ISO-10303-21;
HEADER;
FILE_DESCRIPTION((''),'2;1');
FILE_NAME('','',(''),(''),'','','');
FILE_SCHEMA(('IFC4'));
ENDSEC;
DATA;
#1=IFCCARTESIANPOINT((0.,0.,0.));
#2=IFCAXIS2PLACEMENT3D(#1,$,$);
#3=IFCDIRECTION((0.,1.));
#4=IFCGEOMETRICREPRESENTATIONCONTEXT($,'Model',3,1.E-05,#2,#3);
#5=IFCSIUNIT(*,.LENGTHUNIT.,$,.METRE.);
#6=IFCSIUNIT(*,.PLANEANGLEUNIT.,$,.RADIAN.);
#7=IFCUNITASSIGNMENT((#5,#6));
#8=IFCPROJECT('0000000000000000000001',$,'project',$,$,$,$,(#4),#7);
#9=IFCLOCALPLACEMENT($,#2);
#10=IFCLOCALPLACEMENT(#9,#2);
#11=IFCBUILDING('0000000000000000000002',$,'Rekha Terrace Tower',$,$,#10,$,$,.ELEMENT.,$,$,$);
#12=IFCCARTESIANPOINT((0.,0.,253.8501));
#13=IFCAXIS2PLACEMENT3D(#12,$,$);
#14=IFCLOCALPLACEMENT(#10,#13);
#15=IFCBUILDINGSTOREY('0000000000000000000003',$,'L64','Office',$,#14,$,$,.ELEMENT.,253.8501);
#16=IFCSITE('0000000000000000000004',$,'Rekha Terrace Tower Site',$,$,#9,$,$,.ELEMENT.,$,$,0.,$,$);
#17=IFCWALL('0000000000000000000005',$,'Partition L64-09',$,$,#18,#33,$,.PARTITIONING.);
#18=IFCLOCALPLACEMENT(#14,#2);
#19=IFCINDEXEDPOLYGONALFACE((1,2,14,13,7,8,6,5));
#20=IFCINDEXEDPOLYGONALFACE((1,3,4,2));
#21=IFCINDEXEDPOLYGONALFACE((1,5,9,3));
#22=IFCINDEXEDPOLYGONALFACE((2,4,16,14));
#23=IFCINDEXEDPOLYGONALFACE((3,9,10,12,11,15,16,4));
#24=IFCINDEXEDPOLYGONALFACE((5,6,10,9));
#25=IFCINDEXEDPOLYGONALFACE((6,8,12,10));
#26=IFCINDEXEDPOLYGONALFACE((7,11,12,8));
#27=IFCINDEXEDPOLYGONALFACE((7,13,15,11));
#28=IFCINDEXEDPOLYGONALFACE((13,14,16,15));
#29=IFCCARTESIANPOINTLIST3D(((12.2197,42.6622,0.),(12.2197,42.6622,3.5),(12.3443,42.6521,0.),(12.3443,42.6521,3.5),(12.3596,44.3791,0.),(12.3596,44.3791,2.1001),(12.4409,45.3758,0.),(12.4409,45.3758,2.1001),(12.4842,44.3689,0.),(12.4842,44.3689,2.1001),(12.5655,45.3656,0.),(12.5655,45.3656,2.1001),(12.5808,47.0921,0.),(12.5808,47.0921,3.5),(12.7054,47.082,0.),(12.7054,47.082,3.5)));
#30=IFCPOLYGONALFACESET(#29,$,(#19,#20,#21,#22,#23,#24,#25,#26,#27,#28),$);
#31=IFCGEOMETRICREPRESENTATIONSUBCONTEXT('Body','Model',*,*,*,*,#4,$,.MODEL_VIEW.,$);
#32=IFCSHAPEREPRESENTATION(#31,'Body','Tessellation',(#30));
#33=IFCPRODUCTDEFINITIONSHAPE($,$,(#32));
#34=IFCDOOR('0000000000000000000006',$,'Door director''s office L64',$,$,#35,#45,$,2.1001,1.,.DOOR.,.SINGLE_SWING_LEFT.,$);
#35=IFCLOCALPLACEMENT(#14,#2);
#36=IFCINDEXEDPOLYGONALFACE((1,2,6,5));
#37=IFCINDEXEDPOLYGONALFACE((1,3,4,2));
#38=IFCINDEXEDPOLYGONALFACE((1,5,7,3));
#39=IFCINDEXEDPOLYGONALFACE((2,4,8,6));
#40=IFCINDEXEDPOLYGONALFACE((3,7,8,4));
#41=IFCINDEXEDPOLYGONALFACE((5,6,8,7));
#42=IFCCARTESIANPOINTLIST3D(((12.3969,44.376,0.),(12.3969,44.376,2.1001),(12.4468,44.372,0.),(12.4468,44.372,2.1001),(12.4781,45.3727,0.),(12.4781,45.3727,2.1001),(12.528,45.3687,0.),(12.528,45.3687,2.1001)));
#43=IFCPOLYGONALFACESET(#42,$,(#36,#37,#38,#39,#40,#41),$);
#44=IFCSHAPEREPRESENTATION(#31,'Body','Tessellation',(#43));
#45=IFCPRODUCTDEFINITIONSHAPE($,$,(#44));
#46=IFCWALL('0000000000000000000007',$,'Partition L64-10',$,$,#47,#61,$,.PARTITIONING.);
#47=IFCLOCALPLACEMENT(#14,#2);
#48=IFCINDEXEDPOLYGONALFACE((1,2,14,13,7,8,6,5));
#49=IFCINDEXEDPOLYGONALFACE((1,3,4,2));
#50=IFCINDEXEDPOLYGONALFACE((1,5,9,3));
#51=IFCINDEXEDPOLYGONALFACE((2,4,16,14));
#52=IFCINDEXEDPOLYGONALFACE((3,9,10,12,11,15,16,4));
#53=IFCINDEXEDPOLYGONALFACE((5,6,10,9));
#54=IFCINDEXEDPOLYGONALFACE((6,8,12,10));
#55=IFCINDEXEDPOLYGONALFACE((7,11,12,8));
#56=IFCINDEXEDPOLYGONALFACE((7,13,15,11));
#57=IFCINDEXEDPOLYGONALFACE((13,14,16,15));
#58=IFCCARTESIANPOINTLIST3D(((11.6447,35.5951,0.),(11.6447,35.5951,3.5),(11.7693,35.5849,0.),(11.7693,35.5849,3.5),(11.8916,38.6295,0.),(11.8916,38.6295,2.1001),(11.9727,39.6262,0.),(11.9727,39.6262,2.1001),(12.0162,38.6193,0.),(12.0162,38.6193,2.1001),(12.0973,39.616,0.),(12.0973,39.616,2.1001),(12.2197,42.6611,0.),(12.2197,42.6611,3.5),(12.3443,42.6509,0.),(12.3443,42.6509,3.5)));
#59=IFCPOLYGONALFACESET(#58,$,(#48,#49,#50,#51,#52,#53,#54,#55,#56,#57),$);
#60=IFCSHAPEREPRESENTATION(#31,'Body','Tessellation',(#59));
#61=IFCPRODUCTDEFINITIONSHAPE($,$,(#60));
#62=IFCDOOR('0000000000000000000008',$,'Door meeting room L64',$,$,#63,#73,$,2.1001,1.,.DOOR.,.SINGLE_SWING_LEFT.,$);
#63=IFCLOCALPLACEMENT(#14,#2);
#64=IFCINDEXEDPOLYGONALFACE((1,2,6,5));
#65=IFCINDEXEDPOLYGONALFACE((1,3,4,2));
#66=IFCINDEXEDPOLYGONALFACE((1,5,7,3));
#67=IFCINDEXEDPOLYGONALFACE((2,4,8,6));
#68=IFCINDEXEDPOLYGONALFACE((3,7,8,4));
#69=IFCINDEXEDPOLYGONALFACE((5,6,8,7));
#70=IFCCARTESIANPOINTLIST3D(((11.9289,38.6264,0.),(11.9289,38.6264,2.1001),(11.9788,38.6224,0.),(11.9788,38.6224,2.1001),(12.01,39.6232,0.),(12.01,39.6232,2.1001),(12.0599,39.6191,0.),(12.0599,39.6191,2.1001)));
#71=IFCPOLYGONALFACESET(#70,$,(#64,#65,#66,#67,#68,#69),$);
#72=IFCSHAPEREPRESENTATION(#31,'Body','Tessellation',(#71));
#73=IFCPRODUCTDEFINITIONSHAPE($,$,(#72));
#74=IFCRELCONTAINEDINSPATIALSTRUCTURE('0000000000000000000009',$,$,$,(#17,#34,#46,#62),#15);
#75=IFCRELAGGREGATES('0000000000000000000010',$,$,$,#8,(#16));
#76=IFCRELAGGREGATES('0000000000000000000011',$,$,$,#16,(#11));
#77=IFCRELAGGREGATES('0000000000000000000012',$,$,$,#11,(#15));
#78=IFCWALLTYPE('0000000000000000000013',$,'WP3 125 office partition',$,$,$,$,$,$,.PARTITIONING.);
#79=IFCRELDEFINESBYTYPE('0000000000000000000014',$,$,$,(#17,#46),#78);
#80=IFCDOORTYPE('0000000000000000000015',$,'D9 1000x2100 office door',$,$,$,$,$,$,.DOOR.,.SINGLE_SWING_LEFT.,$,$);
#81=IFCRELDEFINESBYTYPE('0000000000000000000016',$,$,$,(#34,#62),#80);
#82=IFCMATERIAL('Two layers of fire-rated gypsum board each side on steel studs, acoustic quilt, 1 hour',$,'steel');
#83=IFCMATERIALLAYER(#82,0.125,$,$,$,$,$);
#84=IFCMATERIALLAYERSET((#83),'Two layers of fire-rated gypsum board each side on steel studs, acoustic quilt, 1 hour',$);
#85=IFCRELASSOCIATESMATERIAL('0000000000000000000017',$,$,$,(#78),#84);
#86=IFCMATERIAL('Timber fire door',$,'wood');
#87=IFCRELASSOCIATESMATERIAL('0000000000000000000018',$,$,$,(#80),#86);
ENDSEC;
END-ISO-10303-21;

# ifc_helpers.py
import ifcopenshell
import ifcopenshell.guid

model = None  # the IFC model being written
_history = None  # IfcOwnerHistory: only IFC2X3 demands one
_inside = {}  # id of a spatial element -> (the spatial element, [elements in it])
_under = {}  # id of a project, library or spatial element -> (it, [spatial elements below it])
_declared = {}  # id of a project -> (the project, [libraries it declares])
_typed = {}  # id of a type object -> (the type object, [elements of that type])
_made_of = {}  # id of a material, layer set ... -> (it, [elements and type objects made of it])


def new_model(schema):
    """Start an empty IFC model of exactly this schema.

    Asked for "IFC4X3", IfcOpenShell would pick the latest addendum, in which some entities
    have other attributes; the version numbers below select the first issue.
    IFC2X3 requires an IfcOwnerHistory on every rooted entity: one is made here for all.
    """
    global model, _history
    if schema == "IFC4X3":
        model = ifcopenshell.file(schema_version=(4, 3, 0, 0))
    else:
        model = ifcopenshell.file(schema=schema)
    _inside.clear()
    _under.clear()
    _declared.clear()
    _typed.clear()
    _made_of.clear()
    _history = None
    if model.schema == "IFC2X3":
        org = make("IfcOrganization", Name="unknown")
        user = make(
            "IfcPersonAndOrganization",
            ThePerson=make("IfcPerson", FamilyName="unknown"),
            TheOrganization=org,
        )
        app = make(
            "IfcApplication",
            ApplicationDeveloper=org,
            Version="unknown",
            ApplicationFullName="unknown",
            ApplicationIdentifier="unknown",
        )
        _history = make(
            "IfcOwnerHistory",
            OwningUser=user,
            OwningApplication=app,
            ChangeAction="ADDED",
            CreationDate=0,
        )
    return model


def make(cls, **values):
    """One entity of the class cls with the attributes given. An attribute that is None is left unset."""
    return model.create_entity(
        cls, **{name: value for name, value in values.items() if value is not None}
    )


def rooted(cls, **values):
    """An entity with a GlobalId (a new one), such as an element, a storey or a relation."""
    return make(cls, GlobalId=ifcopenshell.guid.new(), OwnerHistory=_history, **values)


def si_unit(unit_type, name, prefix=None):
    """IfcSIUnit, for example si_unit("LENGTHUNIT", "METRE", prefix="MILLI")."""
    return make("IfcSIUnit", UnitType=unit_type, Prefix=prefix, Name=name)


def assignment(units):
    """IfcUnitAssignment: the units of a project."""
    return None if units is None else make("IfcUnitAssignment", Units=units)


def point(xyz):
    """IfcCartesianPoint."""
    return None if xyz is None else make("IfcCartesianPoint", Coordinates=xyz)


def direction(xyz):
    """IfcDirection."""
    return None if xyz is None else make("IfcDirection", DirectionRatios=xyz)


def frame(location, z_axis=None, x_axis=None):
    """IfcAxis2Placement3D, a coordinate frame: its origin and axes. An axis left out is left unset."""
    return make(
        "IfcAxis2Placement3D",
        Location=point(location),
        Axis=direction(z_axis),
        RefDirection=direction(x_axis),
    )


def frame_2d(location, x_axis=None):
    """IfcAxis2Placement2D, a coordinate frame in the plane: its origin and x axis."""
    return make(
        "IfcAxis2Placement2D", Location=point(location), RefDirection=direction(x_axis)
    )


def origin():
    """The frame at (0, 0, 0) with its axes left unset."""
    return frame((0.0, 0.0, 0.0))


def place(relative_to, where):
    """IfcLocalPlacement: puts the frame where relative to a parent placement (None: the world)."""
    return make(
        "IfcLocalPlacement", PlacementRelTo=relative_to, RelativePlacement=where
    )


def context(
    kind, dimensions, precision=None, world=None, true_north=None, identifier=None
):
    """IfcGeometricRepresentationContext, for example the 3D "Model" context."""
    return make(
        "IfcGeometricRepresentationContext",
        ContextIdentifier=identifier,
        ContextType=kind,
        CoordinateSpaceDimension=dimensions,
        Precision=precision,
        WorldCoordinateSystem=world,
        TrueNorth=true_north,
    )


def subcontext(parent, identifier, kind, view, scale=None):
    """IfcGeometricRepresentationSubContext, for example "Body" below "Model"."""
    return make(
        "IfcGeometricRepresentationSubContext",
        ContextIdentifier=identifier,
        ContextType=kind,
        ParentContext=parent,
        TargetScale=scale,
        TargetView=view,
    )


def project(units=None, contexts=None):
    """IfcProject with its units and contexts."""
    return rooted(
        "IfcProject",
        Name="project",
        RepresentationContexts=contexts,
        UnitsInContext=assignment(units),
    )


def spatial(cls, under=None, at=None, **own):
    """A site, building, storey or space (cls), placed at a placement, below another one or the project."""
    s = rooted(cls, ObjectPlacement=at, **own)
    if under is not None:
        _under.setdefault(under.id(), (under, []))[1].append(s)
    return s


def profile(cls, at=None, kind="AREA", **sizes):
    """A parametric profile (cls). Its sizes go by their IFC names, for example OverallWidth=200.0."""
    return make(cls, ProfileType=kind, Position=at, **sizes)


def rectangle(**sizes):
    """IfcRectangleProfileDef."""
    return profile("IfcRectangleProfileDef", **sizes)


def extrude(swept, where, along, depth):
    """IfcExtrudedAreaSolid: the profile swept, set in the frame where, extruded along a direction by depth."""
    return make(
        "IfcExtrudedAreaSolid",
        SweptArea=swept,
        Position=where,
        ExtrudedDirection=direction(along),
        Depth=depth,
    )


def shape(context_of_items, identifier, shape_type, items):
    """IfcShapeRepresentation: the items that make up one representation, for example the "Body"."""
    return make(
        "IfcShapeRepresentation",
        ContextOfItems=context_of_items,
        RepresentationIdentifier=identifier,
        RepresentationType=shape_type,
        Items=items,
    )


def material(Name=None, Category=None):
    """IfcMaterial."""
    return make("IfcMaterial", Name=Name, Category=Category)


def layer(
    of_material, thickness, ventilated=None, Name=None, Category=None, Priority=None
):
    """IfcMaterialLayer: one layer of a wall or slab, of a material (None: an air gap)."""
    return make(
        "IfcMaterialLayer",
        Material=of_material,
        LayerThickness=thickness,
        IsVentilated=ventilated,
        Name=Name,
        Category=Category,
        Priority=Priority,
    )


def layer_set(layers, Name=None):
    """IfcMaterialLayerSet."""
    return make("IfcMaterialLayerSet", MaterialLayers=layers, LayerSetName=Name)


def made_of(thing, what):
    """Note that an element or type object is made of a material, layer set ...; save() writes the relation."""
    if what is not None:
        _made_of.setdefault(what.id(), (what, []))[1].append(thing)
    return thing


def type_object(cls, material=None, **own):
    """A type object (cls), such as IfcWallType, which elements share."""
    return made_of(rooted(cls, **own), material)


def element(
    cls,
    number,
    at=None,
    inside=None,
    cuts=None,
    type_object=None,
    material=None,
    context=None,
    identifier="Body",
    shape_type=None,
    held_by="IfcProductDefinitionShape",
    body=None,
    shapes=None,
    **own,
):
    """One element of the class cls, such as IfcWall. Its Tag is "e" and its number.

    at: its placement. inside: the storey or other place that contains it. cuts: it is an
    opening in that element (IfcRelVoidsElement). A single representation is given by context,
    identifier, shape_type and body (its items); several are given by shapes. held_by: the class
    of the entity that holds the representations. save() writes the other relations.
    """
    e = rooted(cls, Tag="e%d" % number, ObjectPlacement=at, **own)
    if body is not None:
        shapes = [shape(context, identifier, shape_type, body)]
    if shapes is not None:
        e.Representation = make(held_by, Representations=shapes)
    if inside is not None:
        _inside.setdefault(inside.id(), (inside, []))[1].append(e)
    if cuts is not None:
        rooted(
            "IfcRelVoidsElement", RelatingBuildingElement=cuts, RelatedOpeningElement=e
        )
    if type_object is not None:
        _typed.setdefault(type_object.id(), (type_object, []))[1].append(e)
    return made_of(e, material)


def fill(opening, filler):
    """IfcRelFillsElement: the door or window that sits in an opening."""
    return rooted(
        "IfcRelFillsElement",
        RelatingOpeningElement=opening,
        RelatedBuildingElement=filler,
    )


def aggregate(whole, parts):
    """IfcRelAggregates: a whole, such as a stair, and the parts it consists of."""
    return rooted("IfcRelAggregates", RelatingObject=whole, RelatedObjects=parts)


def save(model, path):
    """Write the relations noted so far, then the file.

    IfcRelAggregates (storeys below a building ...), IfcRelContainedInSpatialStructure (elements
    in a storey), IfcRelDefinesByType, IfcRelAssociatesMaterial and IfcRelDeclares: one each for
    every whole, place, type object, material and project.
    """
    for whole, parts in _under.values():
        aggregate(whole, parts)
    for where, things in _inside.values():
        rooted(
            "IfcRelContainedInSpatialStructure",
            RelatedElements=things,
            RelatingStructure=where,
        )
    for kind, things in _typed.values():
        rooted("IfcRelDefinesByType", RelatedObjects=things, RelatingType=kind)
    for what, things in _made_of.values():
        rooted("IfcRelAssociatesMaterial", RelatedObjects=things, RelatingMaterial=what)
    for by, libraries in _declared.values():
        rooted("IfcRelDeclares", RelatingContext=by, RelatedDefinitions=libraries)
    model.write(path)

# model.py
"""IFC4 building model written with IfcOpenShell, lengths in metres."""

from ifc_helpers import new_model, si_unit, direction, frame, frame_2d, origin, place, context, subcontext, project, spatial, rectangle, extrude, material, layer, layer_set, type_object, element, fill, save


model = new_model("IFC4")

# Units and contexts
model_context = context("Model", 3, precision=1e-05, world=origin(), true_north=direction((0.0, 1.0)))
body_context = subcontext(model_context, "Body", "Model", "MODEL_VIEW")
ifc_project = project(units=[si_unit("LENGTHUNIT", "METRE"), si_unit("PLANEANGLEUNIT", "RADIAN")], contexts=[model_context])

# Site, building, storey
site_placement = place(None, origin())
site = spatial("IfcSite", under=ifc_project, at=site_placement, Name="Rekha Terrace Tower Site", CompositionType="ELEMENT", RefElevation=0.0)
building_placement = place(site_placement, origin())
building = spatial("IfcBuilding", under=site, at=building_placement, Name="Rekha Terrace Tower", CompositionType="ELEMENT")
storey_placement = place(building_placement, frame((0.0, 0.0, 253.8501)))
storey = spatial("IfcBuildingStorey", under=building, at=storey_placement, Name="L64", Description="Office", CompositionType="ELEMENT", Elevation=253.8501)

# Shared definitions
ifc_material_1 = material(Name="Two layers of fire-rated gypsum board each side on steel studs, acoustic quilt, 1 hour", Category="steel")
ifc_layer_1 = layer(ifc_material_1, 0.125)
ifc_layer_set_1 = layer_set([ifc_layer_1], Name="Two layers of fire-rated gypsum board each side on steel studs, acoustic quilt, 1 hour")
wall_type = type_object("IfcWallType", Name="WP3 125 office partition", PredefinedType="PARTITIONING", material=ifc_layer_set_1)

# Walls, openings, doors
wall_1_placement = place(storey_placement, frame((12.6431, 47.0869, 0.0), z_axis=(0.0, 0.0, 1.0), x_axis=(-0.081241, -0.996695, 0.0)))
wall_1 = element("IfcWall", 1, at=wall_1_placement, inside=storey, type_object=wall_type, Name="Partition L64-09", PredefinedType="PARTITIONING", context=body_context, shape_type="SweptSolid", body=[
    extrude(rectangle(XDim=4.4446, YDim=0.125, at=frame_2d((2.2222, 0.0))), origin(), (0.0, 0.0, 1.0), 3.5),
])
opening_1_placement = place(wall_1_placement, frame((1.7219, 0.0, 0.0)))
opening_1 = element("IfcOpeningElement", 2, at=opening_1_placement, cuts=wall_1, PredefinedType="OPENING", context=body_context, shape_type="SweptSolid", body=[
    extrude(rectangle(XDim=1.0, YDim=2.1001, at=frame_2d((0.5, 1.05))), frame((0.0, 0.0725, 0.0), z_axis=(0.0, -1.0, 0.0), x_axis=(1.0, 0.0, 0.0)), (0.0, 0.0, 1.0), 0.145),
])
ifc_material_2 = material(Name="Timber fire door", Category="wood")
door_type = type_object("IfcDoorType", Name="D9 1000x2100 office door", OperationType="SINGLE_SWING_LEFT", PredefinedType="DOOR", material=ifc_material_2)
door_1_placement = place(opening_1_placement, origin())
door_1 = element("IfcDoor", 3, at=door_1_placement, inside=storey, type_object=door_type, Name="Door director's office L64", OperationType="SINGLE_SWING_LEFT", OverallHeight=2.1001, OverallWidth=1.0, PredefinedType="DOOR", context=body_context, shape_type="SweptSolid", body=[
    extrude(rectangle(XDim=1.0, YDim=2.1001, at=frame_2d((0.5, 1.05))), frame((0.0, 0.0249, 0.0), z_axis=(0.0, -1.0, 0.0), x_axis=(1.0, 0.0, 0.0)), (0.0, 0.0, 1.0), 0.05),
])
fill(opening_1, door_1)
wall_2_placement = place(storey_placement, frame((12.282, 42.656, 0.0), z_axis=(0.0, 0.0, 1.0), x_axis=(-0.081102, -0.996706, 0.0)))
wall_2 = element("IfcWall", 4, at=wall_2_placement, inside=storey, type_object=wall_type, Name="Partition L64-10", PredefinedType="PARTITIONING", context=body_context, shape_type="SweptSolid", body=[
    extrude(rectangle(XDim=7.0894, YDim=0.125, at=frame_2d((3.5447, 0.0))), origin(), (0.0, 0.0, 1.0), 3.5),
])
opening_2_placement = place(wall_2_placement, frame((3.0449, 0.0, 0.0)))
opening_2 = element("IfcOpeningElement", 5, at=opening_2_placement, cuts=wall_2, PredefinedType="OPENING", context=body_context, shape_type="SweptSolid", body=[
    extrude(rectangle(XDim=1.0, YDim=2.1001, at=frame_2d((0.5, 1.05))), frame((0.0, 0.0725, 0.0), z_axis=(0.0, -1.0, 0.0), x_axis=(1.0, 0.0, 0.0)), (0.0, 0.0, 1.0), 0.145),
])
door_2_placement = place(opening_2_placement, origin())
door_2 = element("IfcDoor", 6, at=door_2_placement, inside=storey, type_object=door_type, Name="Door meeting room L64", OperationType="SINGLE_SWING_LEFT", OverallHeight=2.1001, OverallWidth=1.0, PredefinedType="DOOR", context=body_context, shape_type="SweptSolid", body=[
    extrude(rectangle(XDim=1.0, YDim=2.1001, at=frame_2d((0.5, 1.05))), frame((0.0, 0.0249, 0.0), z_axis=(0.0, -1.0, 0.0), x_axis=(1.0, 0.0, 0.0)), (0.0, 0.0, 1.0), 0.05),
])
fill(opening_2, door_2)

save(model, "model.ifc")
